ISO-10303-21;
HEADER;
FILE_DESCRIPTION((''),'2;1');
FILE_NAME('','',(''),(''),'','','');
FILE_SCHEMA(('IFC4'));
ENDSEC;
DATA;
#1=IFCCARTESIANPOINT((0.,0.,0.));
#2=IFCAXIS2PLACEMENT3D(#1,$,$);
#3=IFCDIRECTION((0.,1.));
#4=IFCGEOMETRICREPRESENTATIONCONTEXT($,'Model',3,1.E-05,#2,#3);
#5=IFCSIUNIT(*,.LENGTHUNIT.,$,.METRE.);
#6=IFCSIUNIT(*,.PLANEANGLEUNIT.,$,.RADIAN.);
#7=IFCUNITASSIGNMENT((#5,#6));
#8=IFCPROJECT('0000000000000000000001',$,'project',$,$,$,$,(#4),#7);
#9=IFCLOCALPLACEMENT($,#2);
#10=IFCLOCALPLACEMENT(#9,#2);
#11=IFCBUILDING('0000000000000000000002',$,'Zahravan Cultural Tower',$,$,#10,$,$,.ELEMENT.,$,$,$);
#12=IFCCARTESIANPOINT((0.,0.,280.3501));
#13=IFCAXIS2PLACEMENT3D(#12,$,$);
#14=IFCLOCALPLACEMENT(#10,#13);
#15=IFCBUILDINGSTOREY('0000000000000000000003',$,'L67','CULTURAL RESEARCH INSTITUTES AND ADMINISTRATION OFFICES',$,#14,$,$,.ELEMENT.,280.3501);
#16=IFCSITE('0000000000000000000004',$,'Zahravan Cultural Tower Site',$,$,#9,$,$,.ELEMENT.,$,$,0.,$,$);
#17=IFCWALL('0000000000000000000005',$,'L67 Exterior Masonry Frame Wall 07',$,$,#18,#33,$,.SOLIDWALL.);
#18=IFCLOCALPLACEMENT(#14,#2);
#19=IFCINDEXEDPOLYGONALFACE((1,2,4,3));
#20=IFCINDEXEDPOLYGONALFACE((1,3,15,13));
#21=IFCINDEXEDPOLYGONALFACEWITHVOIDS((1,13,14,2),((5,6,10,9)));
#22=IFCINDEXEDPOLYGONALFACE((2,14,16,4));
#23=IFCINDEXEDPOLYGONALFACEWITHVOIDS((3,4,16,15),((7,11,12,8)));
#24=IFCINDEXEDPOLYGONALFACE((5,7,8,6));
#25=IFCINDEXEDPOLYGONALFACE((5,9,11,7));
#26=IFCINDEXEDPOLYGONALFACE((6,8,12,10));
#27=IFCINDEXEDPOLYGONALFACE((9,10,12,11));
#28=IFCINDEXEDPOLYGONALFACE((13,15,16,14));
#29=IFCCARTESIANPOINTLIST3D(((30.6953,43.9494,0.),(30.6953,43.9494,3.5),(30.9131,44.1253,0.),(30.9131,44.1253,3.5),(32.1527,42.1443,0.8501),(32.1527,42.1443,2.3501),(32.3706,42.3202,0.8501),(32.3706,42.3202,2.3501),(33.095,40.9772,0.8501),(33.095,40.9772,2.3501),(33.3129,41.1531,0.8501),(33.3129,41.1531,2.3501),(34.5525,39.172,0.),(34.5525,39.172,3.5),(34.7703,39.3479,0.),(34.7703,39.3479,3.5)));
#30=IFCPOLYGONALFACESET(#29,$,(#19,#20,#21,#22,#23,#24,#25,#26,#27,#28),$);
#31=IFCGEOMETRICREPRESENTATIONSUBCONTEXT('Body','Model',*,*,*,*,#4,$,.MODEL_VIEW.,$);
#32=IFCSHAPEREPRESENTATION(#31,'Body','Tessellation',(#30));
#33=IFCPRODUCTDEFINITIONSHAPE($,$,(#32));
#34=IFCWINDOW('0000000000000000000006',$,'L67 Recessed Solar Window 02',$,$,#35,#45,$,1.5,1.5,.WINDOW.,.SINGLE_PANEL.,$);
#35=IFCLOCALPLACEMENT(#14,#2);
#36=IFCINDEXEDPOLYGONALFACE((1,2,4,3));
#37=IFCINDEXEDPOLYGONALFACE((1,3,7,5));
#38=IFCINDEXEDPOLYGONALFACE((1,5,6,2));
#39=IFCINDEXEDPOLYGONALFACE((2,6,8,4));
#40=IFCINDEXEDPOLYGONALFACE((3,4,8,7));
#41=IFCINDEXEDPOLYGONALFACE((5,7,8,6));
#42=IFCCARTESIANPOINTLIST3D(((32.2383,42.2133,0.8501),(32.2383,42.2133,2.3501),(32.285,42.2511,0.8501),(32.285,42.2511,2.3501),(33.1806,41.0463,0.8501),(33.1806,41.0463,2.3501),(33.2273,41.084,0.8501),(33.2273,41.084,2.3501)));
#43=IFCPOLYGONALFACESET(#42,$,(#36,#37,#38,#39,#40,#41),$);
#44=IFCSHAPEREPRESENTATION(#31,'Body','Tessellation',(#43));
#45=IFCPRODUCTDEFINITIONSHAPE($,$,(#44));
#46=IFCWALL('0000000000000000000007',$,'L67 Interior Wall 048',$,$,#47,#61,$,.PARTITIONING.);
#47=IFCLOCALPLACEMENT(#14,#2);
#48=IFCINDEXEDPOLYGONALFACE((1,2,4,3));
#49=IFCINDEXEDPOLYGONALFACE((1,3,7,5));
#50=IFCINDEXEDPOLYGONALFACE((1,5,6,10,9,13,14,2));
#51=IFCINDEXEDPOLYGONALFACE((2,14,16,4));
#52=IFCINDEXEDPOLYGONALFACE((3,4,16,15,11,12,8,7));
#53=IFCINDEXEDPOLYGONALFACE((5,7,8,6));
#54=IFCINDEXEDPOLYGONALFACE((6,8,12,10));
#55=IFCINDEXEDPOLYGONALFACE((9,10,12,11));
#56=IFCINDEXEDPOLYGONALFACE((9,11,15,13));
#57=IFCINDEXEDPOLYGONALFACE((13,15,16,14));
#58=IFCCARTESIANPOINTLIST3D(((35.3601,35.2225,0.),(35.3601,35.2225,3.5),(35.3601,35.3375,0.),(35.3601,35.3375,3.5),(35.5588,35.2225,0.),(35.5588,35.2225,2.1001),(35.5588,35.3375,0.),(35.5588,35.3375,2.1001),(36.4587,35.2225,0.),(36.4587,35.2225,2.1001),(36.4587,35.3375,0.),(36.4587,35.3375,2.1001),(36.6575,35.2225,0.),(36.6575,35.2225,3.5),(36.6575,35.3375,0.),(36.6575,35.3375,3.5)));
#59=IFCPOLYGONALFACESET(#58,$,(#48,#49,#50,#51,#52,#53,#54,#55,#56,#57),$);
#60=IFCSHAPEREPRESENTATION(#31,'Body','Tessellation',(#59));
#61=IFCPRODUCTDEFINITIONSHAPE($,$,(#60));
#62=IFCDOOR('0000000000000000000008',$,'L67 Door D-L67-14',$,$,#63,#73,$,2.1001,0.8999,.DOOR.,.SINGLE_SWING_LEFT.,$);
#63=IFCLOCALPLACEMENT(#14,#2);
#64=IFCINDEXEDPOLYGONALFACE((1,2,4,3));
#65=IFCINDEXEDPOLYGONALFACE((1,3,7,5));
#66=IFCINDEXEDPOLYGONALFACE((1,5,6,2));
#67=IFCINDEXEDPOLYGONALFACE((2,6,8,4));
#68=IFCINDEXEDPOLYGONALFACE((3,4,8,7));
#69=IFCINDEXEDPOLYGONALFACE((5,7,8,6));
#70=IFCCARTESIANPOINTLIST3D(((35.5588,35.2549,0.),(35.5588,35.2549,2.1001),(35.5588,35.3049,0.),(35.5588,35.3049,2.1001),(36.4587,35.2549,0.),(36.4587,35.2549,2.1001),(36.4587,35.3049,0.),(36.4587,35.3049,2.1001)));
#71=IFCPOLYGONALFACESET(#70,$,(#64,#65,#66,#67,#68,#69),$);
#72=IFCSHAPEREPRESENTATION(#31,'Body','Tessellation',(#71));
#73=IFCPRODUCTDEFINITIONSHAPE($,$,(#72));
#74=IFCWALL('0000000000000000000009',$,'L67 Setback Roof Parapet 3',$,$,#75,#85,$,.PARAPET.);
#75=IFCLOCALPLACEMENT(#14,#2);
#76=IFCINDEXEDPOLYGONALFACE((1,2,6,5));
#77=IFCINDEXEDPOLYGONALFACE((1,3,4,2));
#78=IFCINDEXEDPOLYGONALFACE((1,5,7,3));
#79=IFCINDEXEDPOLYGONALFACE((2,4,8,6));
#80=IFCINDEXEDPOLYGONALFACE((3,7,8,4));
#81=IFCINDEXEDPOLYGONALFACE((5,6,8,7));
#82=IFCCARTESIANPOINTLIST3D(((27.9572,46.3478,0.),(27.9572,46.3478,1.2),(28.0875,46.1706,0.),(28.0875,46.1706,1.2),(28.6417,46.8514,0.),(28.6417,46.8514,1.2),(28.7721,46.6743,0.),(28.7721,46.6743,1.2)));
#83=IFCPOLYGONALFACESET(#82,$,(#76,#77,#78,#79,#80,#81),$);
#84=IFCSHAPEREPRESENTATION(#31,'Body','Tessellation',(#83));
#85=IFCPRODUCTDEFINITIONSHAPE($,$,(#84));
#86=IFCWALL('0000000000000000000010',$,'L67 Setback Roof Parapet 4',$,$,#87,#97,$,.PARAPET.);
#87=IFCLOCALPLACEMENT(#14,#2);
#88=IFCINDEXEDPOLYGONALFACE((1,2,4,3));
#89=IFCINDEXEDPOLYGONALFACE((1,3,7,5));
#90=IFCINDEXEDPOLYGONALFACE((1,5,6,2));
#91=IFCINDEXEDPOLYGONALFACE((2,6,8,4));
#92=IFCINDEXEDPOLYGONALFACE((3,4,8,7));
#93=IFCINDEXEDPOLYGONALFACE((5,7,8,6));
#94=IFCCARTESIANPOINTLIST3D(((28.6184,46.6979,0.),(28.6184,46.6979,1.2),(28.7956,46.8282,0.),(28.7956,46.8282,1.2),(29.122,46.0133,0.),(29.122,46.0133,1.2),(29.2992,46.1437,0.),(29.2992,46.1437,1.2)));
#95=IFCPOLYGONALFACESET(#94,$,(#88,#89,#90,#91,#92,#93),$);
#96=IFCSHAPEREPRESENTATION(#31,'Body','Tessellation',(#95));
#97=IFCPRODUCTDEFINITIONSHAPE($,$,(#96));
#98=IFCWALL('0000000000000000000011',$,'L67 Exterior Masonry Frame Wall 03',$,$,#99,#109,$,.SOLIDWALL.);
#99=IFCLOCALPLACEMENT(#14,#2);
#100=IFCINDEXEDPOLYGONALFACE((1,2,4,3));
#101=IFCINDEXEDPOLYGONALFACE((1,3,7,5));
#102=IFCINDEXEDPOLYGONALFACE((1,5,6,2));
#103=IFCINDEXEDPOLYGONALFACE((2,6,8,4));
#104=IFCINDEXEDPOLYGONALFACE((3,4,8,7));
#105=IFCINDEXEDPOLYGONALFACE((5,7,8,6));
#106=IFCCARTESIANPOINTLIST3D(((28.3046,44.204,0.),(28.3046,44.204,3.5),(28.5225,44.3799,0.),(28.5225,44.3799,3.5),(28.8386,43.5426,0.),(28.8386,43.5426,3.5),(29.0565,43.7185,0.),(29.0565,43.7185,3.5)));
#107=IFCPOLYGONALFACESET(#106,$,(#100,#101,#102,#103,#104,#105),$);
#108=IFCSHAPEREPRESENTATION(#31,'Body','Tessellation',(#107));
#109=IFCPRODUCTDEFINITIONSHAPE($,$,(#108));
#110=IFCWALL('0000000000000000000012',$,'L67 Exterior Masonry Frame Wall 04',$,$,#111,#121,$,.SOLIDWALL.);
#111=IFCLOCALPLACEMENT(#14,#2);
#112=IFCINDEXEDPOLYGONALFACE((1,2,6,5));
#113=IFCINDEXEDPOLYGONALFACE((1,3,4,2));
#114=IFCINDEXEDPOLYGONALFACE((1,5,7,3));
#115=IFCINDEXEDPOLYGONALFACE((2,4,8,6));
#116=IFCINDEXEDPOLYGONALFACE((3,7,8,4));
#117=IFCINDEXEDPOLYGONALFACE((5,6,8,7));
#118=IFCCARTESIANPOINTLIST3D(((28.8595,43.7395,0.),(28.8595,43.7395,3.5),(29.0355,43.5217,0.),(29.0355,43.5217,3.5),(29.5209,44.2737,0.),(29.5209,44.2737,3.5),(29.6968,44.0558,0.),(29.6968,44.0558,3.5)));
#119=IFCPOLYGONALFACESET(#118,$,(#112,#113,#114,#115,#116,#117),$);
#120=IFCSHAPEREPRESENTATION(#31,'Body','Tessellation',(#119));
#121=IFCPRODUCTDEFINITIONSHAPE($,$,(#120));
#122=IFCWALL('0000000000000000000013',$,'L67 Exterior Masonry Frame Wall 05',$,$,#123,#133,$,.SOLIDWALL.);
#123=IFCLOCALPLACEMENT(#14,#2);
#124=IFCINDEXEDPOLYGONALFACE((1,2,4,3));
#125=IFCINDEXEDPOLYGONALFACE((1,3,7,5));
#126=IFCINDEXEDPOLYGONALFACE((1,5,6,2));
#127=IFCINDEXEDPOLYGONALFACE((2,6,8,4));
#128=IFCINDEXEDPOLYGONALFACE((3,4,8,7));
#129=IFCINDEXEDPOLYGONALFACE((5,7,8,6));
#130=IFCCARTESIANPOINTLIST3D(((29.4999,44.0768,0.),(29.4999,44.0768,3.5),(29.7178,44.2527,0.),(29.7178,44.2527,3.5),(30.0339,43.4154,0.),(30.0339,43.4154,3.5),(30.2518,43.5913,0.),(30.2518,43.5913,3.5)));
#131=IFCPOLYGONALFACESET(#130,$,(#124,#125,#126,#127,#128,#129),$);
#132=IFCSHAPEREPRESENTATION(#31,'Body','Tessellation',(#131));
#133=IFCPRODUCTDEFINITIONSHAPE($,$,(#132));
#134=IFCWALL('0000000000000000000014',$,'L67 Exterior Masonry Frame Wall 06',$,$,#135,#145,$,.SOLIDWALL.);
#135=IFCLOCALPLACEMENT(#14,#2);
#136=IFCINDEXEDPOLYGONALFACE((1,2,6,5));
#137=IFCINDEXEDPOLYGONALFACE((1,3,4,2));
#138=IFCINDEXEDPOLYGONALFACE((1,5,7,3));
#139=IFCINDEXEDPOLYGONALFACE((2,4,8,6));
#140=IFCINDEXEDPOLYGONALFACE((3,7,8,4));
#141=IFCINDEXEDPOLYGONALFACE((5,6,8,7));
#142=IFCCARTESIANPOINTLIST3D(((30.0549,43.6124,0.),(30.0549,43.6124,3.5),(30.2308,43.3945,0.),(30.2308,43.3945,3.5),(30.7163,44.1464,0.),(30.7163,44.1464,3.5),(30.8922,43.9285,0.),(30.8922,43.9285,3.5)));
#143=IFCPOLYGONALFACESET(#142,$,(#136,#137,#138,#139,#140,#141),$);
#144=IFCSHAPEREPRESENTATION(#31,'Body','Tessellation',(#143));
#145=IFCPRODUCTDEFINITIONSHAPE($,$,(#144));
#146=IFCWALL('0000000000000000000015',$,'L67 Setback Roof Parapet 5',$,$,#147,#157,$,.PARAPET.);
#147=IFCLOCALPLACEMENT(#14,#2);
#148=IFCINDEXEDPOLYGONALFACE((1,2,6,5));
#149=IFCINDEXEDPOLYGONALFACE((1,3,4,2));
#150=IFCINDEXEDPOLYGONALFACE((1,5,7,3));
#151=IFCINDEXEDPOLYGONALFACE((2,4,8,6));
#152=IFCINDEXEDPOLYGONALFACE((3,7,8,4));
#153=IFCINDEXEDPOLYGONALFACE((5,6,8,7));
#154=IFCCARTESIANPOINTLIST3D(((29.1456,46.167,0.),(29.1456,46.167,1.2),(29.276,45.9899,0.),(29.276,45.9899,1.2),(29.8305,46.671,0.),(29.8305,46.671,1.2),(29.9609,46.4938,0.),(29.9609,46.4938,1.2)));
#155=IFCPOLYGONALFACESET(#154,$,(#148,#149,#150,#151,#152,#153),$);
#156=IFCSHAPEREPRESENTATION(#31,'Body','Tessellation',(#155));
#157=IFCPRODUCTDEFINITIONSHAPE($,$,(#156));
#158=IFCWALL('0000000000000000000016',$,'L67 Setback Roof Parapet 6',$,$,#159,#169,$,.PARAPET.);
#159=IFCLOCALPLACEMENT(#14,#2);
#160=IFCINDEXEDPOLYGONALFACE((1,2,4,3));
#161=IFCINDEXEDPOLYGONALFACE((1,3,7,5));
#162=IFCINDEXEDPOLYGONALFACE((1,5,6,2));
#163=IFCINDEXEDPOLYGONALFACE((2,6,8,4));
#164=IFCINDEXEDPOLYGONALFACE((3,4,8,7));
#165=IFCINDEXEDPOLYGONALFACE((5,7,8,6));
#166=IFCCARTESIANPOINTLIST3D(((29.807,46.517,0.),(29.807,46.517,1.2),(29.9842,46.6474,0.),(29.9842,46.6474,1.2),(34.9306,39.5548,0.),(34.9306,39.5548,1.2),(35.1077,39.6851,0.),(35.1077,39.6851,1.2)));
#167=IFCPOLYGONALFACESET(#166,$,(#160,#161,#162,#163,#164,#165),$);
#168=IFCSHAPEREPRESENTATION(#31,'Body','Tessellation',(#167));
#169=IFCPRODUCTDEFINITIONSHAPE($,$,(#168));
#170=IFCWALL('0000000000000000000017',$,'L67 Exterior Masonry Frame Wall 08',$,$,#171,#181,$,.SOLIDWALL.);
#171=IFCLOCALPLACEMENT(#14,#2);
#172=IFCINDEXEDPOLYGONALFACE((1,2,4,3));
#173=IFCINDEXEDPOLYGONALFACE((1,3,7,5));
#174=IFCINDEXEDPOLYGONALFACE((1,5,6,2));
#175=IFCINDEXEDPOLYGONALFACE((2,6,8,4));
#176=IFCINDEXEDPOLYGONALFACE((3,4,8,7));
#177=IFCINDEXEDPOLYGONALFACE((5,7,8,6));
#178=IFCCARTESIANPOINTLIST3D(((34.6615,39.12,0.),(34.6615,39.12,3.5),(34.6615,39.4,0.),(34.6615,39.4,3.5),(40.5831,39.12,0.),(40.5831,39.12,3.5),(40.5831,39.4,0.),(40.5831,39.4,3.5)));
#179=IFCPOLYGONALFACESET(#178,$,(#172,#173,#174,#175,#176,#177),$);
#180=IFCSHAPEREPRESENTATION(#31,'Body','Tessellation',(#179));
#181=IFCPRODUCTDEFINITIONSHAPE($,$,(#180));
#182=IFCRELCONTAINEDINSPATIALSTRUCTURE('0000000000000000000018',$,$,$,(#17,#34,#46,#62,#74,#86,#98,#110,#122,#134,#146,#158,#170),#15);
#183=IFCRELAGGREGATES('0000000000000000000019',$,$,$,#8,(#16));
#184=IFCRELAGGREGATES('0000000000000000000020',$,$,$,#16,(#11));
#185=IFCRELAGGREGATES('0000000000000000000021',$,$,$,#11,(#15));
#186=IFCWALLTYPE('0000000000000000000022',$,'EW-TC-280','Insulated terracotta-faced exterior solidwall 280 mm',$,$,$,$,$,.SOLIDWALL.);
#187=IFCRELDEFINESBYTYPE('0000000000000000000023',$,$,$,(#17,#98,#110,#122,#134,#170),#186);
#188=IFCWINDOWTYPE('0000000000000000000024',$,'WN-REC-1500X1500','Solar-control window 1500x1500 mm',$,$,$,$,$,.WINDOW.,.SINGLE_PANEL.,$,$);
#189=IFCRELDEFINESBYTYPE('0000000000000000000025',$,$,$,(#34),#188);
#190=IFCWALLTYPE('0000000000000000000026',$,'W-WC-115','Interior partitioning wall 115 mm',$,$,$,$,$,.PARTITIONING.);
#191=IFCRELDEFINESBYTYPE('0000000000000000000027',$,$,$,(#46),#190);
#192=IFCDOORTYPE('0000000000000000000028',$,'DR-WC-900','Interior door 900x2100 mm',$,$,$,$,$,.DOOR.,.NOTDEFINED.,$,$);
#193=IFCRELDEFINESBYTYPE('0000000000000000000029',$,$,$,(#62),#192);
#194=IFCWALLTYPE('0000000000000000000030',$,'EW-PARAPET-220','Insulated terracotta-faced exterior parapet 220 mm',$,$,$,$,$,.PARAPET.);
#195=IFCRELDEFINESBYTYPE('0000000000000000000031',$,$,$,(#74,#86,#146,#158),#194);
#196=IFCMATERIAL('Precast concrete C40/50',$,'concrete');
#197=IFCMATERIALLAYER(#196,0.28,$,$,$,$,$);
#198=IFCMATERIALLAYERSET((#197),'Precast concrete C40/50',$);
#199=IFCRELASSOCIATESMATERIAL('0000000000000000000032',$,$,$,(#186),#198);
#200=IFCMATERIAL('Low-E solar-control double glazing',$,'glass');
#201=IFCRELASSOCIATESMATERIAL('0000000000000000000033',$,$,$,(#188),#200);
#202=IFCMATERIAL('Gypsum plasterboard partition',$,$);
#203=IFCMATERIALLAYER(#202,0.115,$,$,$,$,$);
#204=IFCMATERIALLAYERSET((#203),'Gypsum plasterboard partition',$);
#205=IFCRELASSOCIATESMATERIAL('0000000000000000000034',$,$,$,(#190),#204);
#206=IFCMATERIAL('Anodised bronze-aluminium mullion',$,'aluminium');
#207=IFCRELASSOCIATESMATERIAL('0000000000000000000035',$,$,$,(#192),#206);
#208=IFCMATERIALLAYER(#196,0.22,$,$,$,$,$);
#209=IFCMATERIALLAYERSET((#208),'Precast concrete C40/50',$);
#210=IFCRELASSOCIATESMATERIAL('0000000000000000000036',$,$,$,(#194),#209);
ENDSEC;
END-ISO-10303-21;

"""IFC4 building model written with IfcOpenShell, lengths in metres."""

from ifc_helpers import new_model, si_unit, direction, frame, frame_2d, origin, place, context, subcontext, project, spatial, rectangle, extrude, source, transform, mapped, material, layer, layer_set, type_object, element, fill, save


model = new_model("IFC4")

# Units and contexts
model_context = context("Model", 3, precision=1e-05, world=origin(), true_north=direction((0.0, 1.0)))
body_context = subcontext(model_context, "Body", "Model", "MODEL_VIEW")
ifc_project = project(units=[si_unit("LENGTHUNIT", "METRE"), si_unit("PLANEANGLEUNIT", "RADIAN")], contexts=[model_context])

# Site, building, storey
site_placement = place(None, origin())
site = spatial("IfcSite", under=ifc_project, at=site_placement, Name="Zahravan Cultural Tower Site", CompositionType="ELEMENT", RefElevation=0.0)
building_placement = place(site_placement, origin())
building = spatial("IfcBuilding", under=site, at=building_placement, Name="Zahravan Cultural Tower", CompositionType="ELEMENT")
storey_placement = place(building_placement, frame((0.0, 0.0, 280.3501)))
storey = spatial("IfcBuildingStorey", under=building, at=storey_placement, Name="L67", Description="CULTURAL RESEARCH INSTITUTES AND ADMINISTRATION OFFICES", CompositionType="ELEMENT", Elevation=280.3501)

# Wall, opening, window
ifc_material_1 = material(Name="Precast concrete C40/50", Category="concrete")
ifc_layer_1 = layer(ifc_material_1, 0.28)
ifc_layer_set_1 = layer_set([ifc_layer_1], Name="Precast concrete C40/50")
wall_type_1 = type_object("IfcWallType", Name="EW-TC-280", Description="Insulated terracotta-faced exterior solidwall 280 mm", PredefinedType="SOLIDWALL", material=ifc_layer_set_1)
wall_1_placement = place(storey_placement, frame((30.8042, 44.0374, 0.0), z_axis=(0.0, 0.0, 1.0), x_axis=(0.628195, -0.778056, 0.0)))
wall_1 = element("IfcWall", 1, at=wall_1_placement, inside=storey, type_object=wall_type_1, Name="L67 Exterior Masonry Frame Wall 07", PredefinedType="SOLIDWALL", context=body_context, shape_type="SweptSolid", body=[
    extrude(rectangle(XDim=6.1401, YDim=0.28, at=frame_2d((3.0701, 0.0))), origin(), (0.0, 0.0, 1.0), 3.5),
])
opening_1_placement = place(wall_1_placement, frame((2.3201, 0.0, 0.8501)))
opening_1 = element("IfcOpeningElement", 2, at=opening_1_placement, cuts=wall_1, PredefinedType="OPENING", context=body_context, shape_type="SweptSolid", body=[
    extrude(rectangle(XDim=1.5, YDim=1.5, at=frame_2d((0.75, 0.75))), frame((0.0, 0.1499, 0.0), z_axis=(0.0, -1.0, 0.0), x_axis=(1.0, 0.0, 0.0)), (0.0, 0.0, 1.0), 0.3),
])
ifc_material_2 = material(Name="Low-E solar-control double glazing", Category="glass")
window_type = type_object("IfcWindowType", Name="WN-REC-1500X1500", Description="Solar-control window 1500x1500 mm", PartitioningType="SINGLE_PANEL", PredefinedType="WINDOW", material=ifc_material_2)
shared_shape_1 = source(origin(), body_context, "Body", "SweptSolid", [
    extrude(rectangle(XDim=1.5, YDim=1.5, at=frame_2d((0.75, 0.75))), frame((0.0, 0.03, 0.0), z_axis=(0.0, -1.0, 0.0), x_axis=(1.0, 0.0, 0.0)), (0.0, 0.0, 1.0), 0.0601),
])
window_placement = place(opening_1_placement, origin())
window = element("IfcWindow", 3, at=window_placement, inside=storey, type_object=window_type, Name="L67 Recessed Solar Window 02", OverallHeight=1.5, OverallWidth=1.5, PartitioningType="SINGLE_PANEL", PredefinedType="WINDOW", context=body_context, shape_type="MappedRepresentation", body=[
    mapped(shared_shape_1, transform((0.0, 0.0, 0.0), x_axis=(1.0, 0.0, 0.0), y_axis=(0.0, 1.0, 0.0), z_axis=(0.0, 0.0, 1.0), scale=1.0)),
])
fill(opening_1, window)

# Wall, opening, door
ifc_material_3 = material(Name="Gypsum plasterboard partition")
ifc_layer_2 = layer(ifc_material_3, 0.115)
ifc_layer_set_2 = layer_set([ifc_layer_2], Name="Gypsum plasterboard partition")
wall_type_2 = type_object("IfcWallType", Name="W-WC-115", Description="Interior partitioning wall 115 mm", PredefinedType="PARTITIONING", material=ifc_layer_set_2)
wall_2_placement = place(storey_placement, frame((35.3601, 35.28, 0.0), z_axis=(0.0, 0.0, 1.0), x_axis=(1.0, 0.0, 0.0)))
wall_2 = element("IfcWall", 4, at=wall_2_placement, inside=storey, type_object=wall_type_2, Name="L67 Interior Wall 048", PredefinedType="PARTITIONING", context=body_context, shape_type="SweptSolid", body=[
    extrude(rectangle(XDim=1.2974, YDim=0.115, at=frame_2d((0.6487, 0.0))), origin(), (0.0, 0.0, 1.0), 3.5),
])
opening_2_placement = place(wall_2_placement, frame((0.1987, 0.0, 0.0)))
opening_2 = element("IfcOpeningElement", 5, at=opening_2_placement, cuts=wall_2, PredefinedType="OPENING", context=body_context, shape_type="SweptSolid", body=[
    extrude(rectangle(XDim=0.8999, YDim=2.1001, at=frame_2d((0.45, 1.05))), frame((0.0, 0.0674, 0.0), z_axis=(0.0, -1.0, 0.0), x_axis=(1.0, 0.0, 0.0)), (0.0, 0.0, 1.0), 0.135),
])
ifc_material_4 = material(Name="Anodised bronze-aluminium mullion", Category="aluminium")
door_type = type_object("IfcDoorType", Name="DR-WC-900", Description="Interior door 900x2100 mm", OperationType="NOTDEFINED", PredefinedType="DOOR", material=ifc_material_4)
shared_shape_2 = source(origin(), body_context, "Body", "SweptSolid", [
    extrude(rectangle(XDim=0.8999, YDim=2.1001, at=frame_2d((0.45, 1.05))), frame((0.0, 0.0249, 0.0), z_axis=(0.0, -1.0, 0.0), x_axis=(1.0, 0.0, 0.0)), (0.0, 0.0, 1.0), 0.05),
])
door_placement = place(opening_2_placement, origin())
door = element("IfcDoor", 6, at=door_placement, inside=storey, type_object=door_type, Name="L67 Door D-L67-14", OperationType="SINGLE_SWING_LEFT", OverallHeight=2.1001, OverallWidth=0.8999, PredefinedType="DOOR", context=body_context, shape_type="MappedRepresentation", body=[
    mapped(shared_shape_2, transform((0.0, 0.0, 0.0), x_axis=(1.0, 0.0, 0.0), y_axis=(0.0, 1.0, 0.0), z_axis=(0.0, 0.0, 1.0), scale=1.0)),
])
fill(opening_2, door)

# Walls
ifc_layer_3 = layer(ifc_material_1, 0.22)
ifc_layer_set_3 = layer_set([ifc_layer_3], Name="Precast concrete C40/50")
wall_type_3 = type_object("IfcWallType", Name="EW-PARAPET-220", Description="Insulated terracotta-faced exterior parapet 220 mm", PredefinedType="PARAPET", material=ifc_layer_set_3)
shared_shape_3 = source(origin(), body_context, "Body", "SweptSolid", [
    extrude(rectangle(XDim=0.8499, YDim=0.22, at=frame_2d((0.4248, 0.0))), origin(), (0.0, 0.0, 1.0), 1.2),
])
for number, where, z_axis, x_axis, name in (
    (7, (28.0225, 46.2593, 0.0), (0.0, 0.0, 1.0), (0.805482, 0.592621, 0.0), "L67 Setback Roof Parapet 3"),
    (8, (28.707, 46.7629, 0.0), (0.0, 0.0, 1.0), (0.592621, -0.805482, 0.0), "L67 Setback Roof Parapet 4"),
):
    element("IfcWall", number, at=place(storey_placement, frame(where, z_axis=z_axis, x_axis=x_axis)), inside=storey, type_object=wall_type_3, Name=name, PredefinedType="PARAPET", context=body_context, shape_type="MappedRepresentation", body=[
        mapped(shared_shape_3, transform((0.0, 0.0, 0.0), x_axis=(1.0, 0.0, 0.0), y_axis=(0.0, 1.0, 0.0), z_axis=(0.0, 0.0, 1.0), scale=1.0)),
    ])
shared_shape_4 = source(origin(), body_context, "Body", "SweptSolid", [
    extrude(rectangle(XDim=0.8501, YDim=0.28, at=frame_2d((0.425, 0.0))), origin(), (0.0, 0.0, 1.0), 3.5),
])
for number, where, z_axis, x_axis, name in (
    (9, (28.4136, 44.292, 0.0), (0.0, 0.0, 1.0), (0.628157, -0.778087, 0.0), "L67 Exterior Masonry Frame Wall 03"),
    (10, (28.9475, 43.6306, 0.0), (0.0, 0.0, 1.0), (0.777947, 0.62833, 0.0), "L67 Exterior Masonry Frame Wall 04"),
    (11, (29.6089, 44.1648, 0.0), (0.0, 0.0, 1.0), (0.628157, -0.778087, 0.0), "L67 Exterior Masonry Frame Wall 05"),
    (12, (30.1428, 43.5034, 0.0), (0.0, 0.0, 1.0), (0.778087, 0.628157, 0.0), "L67 Exterior Masonry Frame Wall 06"),
):
    element("IfcWall", number, at=place(storey_placement, frame(where, z_axis=z_axis, x_axis=x_axis)), inside=storey, type_object=wall_type_1, Name=name, PredefinedType="SOLIDWALL", context=body_context, shape_type="MappedRepresentation", body=[
        mapped(shared_shape_4, transform((0.0, 0.0, 0.0), x_axis=(1.0, 0.0, 0.0), y_axis=(0.0, 1.0, 0.0), z_axis=(0.0, 0.0, 1.0), scale=1.0)),
    ])
shared_shape_5 = source(origin(), body_context, "Body", "SweptSolid", [
    extrude(rectangle(XDim=0.8503, YDim=0.22, at=frame_2d((0.4253, 0.0))), origin(), (0.0, 0.0, 1.0), 1.2),
])
wall_3_placement = place(storey_placement, frame((29.2107, 46.0784, 0.0), z_axis=(0.0, 0.0, 1.0), x_axis=(0.805445, 0.59267, 0.0)))
element("IfcWall", 13, at=wall_3_placement, inside=storey, type_object=wall_type_3, Name="L67 Setback Roof Parapet 5", PredefinedType="PARAPET", context=body_context, shape_type="MappedRepresentation", body=[
    mapped(shared_shape_5, transform((0.0, 0.0, 0.0), x_axis=(1.0, 0.0, 0.0), y_axis=(0.0, 1.0, 0.0), z_axis=(0.0, 0.0, 1.0), scale=1.0)),
])
shared_shape_6 = source(origin(), body_context, "Body", "SweptSolid", [
    extrude(rectangle(XDim=8.6443, YDim=0.22, at=frame_2d((4.3223, 0.0))), origin(), (0.0, 0.0, 1.0), 1.2),
])
wall_4_placement = place(storey_placement, frame((29.8955, 46.5823, 0.0), z_axis=(0.0, 0.0, 1.0), x_axis=(0.592713, -0.805413, 0.0)))
element("IfcWall", 14, at=wall_4_placement, inside=storey, type_object=wall_type_3, Name="L67 Setback Roof Parapet 6", PredefinedType="PARAPET", context=body_context, shape_type="MappedRepresentation", body=[
    mapped(shared_shape_6, transform((0.0, 0.0, 0.0), x_axis=(1.0, 0.0, 0.0), y_axis=(0.0, 1.0, 0.0), z_axis=(0.0, 0.0, 1.0), scale=1.0)),
])
shared_shape_7 = source(origin(), body_context, "Body", "SweptSolid", [
    extrude(rectangle(XDim=5.9216, YDim=0.28, at=frame_2d((2.9609, 0.0))), origin(), (0.0, 0.0, 1.0), 3.5),
])
wall_5_placement = place(storey_placement, frame((34.6614, 39.26, 0.0), z_axis=(0.0, 0.0, 1.0), x_axis=(1.0, 0.0, 0.0)))
element("IfcWall", 15, at=wall_5_placement, inside=storey, type_object=wall_type_1, Name="L67 Exterior Masonry Frame Wall 08", PredefinedType="SOLIDWALL", context=body_context, shape_type="MappedRepresentation", body=[
    mapped(shared_shape_7, transform((0.0, 0.0, 0.0), x_axis=(1.0, 0.0, 0.0), y_axis=(0.0, 1.0, 0.0), z_axis=(0.0, 0.0, 1.0), scale=1.0)),
])

save(model, "model.ifc")
